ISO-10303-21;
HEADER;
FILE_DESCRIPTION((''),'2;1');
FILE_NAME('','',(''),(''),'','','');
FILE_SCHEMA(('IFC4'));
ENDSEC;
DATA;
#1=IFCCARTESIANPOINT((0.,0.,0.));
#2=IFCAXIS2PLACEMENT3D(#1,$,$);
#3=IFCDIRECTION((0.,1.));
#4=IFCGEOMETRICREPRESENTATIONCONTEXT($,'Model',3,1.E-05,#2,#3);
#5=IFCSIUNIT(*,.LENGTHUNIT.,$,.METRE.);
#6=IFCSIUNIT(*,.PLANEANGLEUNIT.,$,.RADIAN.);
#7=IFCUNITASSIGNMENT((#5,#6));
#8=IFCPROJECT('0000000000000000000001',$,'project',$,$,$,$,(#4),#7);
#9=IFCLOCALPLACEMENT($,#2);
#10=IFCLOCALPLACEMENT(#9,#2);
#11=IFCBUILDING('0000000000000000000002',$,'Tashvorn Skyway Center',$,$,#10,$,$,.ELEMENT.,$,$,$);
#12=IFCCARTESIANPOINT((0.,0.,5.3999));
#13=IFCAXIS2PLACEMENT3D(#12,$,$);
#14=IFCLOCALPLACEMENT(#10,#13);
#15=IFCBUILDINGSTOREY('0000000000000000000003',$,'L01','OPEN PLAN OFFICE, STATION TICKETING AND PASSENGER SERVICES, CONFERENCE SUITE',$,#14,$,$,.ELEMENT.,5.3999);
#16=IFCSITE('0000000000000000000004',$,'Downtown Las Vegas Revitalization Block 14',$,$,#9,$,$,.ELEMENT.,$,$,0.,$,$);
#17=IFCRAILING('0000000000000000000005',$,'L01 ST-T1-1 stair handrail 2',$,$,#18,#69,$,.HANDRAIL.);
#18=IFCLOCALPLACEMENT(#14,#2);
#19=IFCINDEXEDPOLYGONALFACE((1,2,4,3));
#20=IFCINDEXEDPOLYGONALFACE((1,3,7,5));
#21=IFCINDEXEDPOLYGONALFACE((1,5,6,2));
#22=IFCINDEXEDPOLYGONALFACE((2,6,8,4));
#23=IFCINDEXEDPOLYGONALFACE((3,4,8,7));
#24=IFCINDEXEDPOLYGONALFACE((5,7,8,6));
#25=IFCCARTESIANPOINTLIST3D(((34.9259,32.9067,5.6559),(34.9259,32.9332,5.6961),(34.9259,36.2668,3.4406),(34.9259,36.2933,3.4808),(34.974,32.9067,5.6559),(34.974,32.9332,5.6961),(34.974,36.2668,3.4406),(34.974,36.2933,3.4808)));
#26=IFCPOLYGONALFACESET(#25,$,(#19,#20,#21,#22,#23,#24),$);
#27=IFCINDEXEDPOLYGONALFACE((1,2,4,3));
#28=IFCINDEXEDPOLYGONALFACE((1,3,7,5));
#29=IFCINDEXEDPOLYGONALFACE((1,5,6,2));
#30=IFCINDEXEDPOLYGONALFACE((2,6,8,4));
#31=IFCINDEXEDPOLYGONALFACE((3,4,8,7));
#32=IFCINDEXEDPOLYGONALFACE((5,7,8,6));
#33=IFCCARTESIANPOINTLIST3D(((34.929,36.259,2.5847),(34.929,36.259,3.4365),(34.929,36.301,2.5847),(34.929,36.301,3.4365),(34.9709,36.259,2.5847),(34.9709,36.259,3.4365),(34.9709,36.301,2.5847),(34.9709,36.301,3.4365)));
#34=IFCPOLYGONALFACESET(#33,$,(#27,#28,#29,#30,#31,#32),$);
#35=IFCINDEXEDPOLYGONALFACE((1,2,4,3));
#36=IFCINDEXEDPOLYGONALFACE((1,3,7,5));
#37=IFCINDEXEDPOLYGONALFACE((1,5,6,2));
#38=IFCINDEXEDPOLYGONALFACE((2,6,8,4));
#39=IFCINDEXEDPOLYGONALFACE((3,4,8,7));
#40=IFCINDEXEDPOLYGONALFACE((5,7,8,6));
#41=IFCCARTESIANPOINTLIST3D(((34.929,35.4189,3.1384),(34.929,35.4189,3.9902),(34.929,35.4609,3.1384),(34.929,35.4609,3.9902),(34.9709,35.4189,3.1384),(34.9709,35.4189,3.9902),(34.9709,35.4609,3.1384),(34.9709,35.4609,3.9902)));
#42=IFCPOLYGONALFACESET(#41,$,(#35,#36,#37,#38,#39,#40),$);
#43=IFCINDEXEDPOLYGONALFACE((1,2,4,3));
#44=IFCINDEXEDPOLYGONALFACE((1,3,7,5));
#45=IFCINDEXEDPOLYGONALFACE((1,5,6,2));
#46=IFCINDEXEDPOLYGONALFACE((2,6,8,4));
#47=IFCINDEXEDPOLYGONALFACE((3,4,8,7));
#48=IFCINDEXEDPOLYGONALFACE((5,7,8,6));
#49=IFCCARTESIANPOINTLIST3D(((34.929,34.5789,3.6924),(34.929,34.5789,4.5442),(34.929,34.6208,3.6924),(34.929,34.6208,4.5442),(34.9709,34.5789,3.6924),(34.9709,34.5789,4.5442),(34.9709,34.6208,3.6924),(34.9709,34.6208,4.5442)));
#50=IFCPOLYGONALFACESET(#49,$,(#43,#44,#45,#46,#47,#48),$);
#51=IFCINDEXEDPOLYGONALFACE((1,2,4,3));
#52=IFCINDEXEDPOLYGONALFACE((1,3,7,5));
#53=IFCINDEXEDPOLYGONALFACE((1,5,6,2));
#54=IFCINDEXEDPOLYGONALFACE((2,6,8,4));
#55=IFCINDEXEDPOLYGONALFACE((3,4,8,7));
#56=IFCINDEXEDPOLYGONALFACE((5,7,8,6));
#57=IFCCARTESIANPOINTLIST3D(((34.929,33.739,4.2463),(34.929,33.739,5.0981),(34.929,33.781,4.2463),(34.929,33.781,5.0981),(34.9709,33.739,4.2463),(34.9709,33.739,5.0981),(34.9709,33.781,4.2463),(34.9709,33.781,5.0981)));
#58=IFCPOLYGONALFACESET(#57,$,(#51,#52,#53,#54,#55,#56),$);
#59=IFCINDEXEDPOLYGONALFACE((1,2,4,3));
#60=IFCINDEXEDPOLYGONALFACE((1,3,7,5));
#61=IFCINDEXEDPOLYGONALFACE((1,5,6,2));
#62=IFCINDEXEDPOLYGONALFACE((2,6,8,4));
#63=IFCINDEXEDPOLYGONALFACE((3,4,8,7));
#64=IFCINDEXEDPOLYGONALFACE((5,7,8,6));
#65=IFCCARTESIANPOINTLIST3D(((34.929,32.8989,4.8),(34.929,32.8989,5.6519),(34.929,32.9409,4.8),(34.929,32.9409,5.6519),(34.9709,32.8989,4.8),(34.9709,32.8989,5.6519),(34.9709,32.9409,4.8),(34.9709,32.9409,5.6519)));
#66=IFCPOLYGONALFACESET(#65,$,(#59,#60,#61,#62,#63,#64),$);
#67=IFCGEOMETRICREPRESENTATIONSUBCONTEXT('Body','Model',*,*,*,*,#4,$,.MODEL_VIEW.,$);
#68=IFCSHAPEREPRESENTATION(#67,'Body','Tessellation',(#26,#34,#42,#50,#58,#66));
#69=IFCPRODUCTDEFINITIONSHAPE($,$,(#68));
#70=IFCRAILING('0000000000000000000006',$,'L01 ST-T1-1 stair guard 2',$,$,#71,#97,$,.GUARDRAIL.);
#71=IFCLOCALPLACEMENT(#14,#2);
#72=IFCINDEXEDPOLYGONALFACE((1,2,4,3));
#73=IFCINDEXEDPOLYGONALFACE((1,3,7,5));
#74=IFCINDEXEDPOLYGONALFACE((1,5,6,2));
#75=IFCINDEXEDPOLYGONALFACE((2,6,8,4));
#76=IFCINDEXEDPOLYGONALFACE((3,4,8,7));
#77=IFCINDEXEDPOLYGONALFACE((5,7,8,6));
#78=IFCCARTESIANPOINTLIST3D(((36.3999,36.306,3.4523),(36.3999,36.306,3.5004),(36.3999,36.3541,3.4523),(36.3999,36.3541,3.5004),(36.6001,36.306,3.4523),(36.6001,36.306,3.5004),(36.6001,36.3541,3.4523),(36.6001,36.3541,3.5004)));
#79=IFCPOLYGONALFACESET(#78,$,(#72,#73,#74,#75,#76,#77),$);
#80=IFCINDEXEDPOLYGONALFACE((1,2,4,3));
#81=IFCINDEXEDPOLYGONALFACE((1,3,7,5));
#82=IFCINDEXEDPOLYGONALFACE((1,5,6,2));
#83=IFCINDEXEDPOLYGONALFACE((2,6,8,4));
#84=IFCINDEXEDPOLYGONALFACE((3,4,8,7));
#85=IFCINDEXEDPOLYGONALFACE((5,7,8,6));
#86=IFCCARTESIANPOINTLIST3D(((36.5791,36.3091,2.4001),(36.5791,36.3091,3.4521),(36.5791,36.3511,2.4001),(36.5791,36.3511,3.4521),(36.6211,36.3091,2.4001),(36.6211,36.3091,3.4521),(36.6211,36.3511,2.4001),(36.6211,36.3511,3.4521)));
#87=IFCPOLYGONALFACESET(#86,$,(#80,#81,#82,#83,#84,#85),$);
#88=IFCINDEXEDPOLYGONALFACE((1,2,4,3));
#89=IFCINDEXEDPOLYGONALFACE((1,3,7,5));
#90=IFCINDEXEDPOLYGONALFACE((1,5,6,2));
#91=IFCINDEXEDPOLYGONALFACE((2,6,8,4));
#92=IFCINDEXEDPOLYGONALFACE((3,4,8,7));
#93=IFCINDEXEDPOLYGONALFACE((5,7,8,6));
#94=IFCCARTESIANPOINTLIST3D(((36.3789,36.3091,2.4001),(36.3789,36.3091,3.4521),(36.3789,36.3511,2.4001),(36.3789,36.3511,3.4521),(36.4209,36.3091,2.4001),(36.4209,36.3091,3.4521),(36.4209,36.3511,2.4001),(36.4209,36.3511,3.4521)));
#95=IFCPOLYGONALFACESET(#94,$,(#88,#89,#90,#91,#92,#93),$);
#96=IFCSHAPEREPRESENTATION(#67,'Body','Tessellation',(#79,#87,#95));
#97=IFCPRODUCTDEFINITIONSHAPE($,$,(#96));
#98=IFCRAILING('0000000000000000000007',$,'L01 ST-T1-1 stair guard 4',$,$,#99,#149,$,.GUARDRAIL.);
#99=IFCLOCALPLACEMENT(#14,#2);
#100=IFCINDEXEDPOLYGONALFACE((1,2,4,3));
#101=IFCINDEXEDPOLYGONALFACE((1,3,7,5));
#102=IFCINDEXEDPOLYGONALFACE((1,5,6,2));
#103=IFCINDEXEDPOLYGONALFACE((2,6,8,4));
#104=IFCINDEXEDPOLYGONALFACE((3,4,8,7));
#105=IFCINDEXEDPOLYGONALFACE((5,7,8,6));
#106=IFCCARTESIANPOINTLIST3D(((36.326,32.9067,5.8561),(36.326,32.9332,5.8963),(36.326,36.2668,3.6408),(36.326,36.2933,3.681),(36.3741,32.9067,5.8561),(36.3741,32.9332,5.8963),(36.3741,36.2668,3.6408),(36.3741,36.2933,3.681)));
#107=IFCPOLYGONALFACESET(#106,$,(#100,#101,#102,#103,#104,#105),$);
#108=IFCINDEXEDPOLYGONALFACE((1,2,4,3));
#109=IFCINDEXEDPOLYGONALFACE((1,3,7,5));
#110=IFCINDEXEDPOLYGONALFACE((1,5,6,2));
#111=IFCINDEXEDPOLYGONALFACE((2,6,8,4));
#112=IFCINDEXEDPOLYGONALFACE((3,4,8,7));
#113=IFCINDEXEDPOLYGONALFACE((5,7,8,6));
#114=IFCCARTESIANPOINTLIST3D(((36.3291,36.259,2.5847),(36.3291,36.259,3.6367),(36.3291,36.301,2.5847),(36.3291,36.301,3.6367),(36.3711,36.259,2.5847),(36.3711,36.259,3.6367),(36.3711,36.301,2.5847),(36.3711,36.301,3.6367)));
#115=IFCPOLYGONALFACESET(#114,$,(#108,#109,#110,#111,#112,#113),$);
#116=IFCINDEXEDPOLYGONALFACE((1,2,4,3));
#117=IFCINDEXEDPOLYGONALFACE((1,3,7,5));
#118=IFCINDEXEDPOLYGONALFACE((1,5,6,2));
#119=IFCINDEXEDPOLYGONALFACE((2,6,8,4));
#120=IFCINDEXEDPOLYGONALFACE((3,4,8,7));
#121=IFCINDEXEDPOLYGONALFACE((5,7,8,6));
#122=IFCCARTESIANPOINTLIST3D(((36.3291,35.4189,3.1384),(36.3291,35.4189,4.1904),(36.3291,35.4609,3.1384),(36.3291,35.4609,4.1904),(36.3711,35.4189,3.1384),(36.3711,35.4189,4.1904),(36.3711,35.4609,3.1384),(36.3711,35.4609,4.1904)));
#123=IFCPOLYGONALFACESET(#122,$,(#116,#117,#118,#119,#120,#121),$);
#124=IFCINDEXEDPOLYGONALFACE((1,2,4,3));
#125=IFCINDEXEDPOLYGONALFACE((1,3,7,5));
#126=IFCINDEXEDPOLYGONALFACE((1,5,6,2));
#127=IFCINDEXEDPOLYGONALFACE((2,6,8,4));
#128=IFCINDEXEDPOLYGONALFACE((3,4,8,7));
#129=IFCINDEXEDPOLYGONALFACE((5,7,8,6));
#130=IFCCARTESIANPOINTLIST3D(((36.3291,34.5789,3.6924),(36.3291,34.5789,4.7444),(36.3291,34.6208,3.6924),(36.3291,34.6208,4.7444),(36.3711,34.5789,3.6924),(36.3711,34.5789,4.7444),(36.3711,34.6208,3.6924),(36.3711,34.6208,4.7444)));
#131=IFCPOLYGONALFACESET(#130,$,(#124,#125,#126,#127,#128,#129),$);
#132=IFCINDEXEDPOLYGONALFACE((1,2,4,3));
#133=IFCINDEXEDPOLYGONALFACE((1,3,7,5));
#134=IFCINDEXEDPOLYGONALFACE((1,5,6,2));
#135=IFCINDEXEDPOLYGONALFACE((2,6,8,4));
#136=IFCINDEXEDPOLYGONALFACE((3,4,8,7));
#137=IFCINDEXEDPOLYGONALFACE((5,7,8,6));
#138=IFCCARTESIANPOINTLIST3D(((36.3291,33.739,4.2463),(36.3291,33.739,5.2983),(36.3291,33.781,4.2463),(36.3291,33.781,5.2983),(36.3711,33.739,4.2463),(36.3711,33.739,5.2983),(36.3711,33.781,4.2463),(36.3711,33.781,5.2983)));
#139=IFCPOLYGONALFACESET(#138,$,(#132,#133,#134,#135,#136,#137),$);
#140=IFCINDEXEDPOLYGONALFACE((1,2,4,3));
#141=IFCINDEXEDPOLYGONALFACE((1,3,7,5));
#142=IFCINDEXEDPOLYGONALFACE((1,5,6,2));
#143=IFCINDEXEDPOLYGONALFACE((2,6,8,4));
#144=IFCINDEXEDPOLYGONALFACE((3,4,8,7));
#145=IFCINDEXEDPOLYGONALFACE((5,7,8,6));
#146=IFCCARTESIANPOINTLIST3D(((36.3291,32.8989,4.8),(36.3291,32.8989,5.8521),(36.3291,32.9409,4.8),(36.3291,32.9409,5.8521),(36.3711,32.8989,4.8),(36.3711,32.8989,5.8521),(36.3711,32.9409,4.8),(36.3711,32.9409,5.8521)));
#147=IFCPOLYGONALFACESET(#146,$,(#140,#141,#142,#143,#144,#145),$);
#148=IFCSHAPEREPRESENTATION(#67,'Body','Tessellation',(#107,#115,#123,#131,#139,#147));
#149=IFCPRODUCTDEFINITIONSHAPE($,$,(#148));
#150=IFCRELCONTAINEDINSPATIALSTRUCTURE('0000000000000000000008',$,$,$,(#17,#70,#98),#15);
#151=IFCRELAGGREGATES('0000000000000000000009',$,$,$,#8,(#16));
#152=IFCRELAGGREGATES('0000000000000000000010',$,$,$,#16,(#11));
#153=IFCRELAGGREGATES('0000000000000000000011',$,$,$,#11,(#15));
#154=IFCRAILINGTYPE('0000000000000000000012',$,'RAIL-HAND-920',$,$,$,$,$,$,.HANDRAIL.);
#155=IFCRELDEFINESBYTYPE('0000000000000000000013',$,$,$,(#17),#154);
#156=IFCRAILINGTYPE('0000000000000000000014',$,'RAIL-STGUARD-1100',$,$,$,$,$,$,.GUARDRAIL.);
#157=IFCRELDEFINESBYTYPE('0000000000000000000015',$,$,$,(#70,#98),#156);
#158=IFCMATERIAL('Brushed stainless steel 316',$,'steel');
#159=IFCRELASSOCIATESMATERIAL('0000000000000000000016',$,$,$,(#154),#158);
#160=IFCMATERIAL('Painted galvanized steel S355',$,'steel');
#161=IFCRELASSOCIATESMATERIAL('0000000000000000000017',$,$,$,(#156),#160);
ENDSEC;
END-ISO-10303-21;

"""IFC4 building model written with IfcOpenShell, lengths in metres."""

from ifc_helpers import new_model, si_unit, direction, frame, origin, origin_2d, place, context, subcontext, project, spatial, rectangle, extrude, material, type_object, element, save


model = new_model("IFC4")

# Units and contexts
model_context = context("Model", 3, precision=1e-05, world=origin(), true_north=direction((0.0, 1.0)))
body_context = subcontext(model_context, "Body", "Model", "MODEL_VIEW")
ifc_project = project(units=[si_unit("LENGTHUNIT", "METRE"), si_unit("PLANEANGLEUNIT", "RADIAN")], contexts=[model_context])

# Site, building, storey
site_placement = place(None, origin())
site = spatial("IfcSite", under=ifc_project, at=site_placement, Name="Downtown Las Vegas Revitalization Block 14", CompositionType="ELEMENT", RefElevation=0.0)
building_placement = place(site_placement, origin())
building = spatial("IfcBuilding", under=site, at=building_placement, Name="Tashvorn Skyway Center", CompositionType="ELEMENT")
storey_placement = place(building_placement, frame((0.0, 0.0, 5.3999)))
storey = spatial("IfcBuildingStorey", under=building, at=storey_placement, Name="L01", Description="OPEN PLAN OFFICE, STATION TICKETING AND PASSENGER SERVICES, CONFERENCE SUITE", CompositionType="ELEMENT", Elevation=5.3999)

# Railings
ifc_material_1 = material(Name="Brushed stainless steel 316", Category="steel")
railing_type_1 = type_object("IfcRailingType", Name="RAIL-HAND-920", PredefinedType="HANDRAIL", material=ifc_material_1)
railing_1_placement = place(storey_placement, frame((34.95, 36.28, 2.5847)))
element("IfcRailing", 1, at=railing_1_placement, inside=storey, type_object=railing_type_1, Name="L01 ST-T1-1 stair handrail 2", PredefinedType="HANDRAIL", context=body_context, shape_type="SweptSolid", body=[
    extrude(rectangle(XDim=0.0481, YDim=0.0481, at=origin_2d()), frame((0.0, 0.0, 0.876), z_axis=(0.0, -0.834876, 0.550437), x_axis=(1.0, 0.0, 0.0)), (0.0, 0.0, 1.0), 4.0247),
    extrude(rectangle(XDim=0.042, YDim=0.042, at=origin_2d()), origin(), (0.0, 0.0, 1.0), 0.8518),
    extrude(rectangle(XDim=0.042, YDim=0.042, at=origin_2d()), frame((0.0, -0.8401, 0.5537)), (0.0, 0.0, 1.0), 0.8518),
    extrude(rectangle(XDim=0.042, YDim=0.042, at=origin_2d()), frame((0.0, -1.6802, 1.1077)), (0.0, 0.0, 1.0), 0.8518),
    extrude(rectangle(XDim=0.042, YDim=0.042, at=origin_2d()), frame((0.0, -2.52, 1.6616)), (0.0, 0.0, 1.0), 0.8518),
    extrude(rectangle(XDim=0.042, YDim=0.042, at=origin_2d()), frame((0.0, -3.3601, 2.2153)), (0.0, 0.0, 1.0), 0.8518),
])
ifc_material_2 = material(Name="Painted galvanized steel S355", Category="steel")
railing_type_2 = type_object("IfcRailingType", Name="RAIL-STGUARD-1100", PredefinedType="GUARDRAIL", material=ifc_material_2)
railing_2_placement = place(storey_placement, frame((36.6001, 36.3301, 2.4001)))
element("IfcRailing", 2, at=railing_2_placement, inside=storey, type_object=railing_type_2, Name="L01 ST-T1-1 stair guard 2", PredefinedType="GUARDRAIL", context=body_context, shape_type="SweptSolid", body=[
    extrude(rectangle(XDim=0.0481, YDim=0.0481, at=origin_2d()), frame((0.0, 0.0, 1.0762), z_axis=(-1.0, 0.0, 0.0), x_axis=(0.0, -1.0, 0.0)), (0.0, 0.0, 1.0), 0.2002),
    extrude(rectangle(XDim=0.042, YDim=0.042, at=origin_2d()), origin(), (0.0, 0.0, 1.0), 1.052),
    extrude(rectangle(XDim=0.042, YDim=0.042, at=origin_2d()), frame((-0.2002, 0.0, 0.0)), (0.0, 0.0, 1.0), 1.052),
])
railing_3_placement = place(storey_placement, frame((36.3501, 36.28, 2.5847)))
element("IfcRailing", 3, at=railing_3_placement, inside=storey, type_object=railing_type_2, Name="L01 ST-T1-1 stair guard 4", PredefinedType="GUARDRAIL", context=body_context, shape_type="SweptSolid", body=[
    extrude(rectangle(XDim=0.0481, YDim=0.0481, at=origin_2d()), frame((0.0, 0.0, 1.0762), z_axis=(0.0, -0.834876, 0.550437), x_axis=(1.0, 0.0, 0.0)), (0.0, 0.0, 1.0), 4.0247),
    extrude(rectangle(XDim=0.042, YDim=0.042, at=origin_2d()), origin(), (0.0, 0.0, 1.0), 1.052),
    extrude(rectangle(XDim=0.042, YDim=0.042, at=origin_2d()), frame((0.0, -0.8401, 0.5537)), (0.0, 0.0, 1.0), 1.052),
    extrude(rectangle(XDim=0.042, YDim=0.042, at=origin_2d()), frame((0.0, -1.6802, 1.1077)), (0.0, 0.0, 1.0), 1.052),
    extrude(rectangle(XDim=0.042, YDim=0.042, at=origin_2d()), frame((0.0, -2.52, 1.6616)), (0.0, 0.0, 1.0), 1.052),
    extrude(rectangle(XDim=0.042, YDim=0.042, at=origin_2d()), frame((0.0, -3.3601, 2.2153)), (0.0, 0.0, 1.0), 1.052),
])

save(model, "model.ifc")
